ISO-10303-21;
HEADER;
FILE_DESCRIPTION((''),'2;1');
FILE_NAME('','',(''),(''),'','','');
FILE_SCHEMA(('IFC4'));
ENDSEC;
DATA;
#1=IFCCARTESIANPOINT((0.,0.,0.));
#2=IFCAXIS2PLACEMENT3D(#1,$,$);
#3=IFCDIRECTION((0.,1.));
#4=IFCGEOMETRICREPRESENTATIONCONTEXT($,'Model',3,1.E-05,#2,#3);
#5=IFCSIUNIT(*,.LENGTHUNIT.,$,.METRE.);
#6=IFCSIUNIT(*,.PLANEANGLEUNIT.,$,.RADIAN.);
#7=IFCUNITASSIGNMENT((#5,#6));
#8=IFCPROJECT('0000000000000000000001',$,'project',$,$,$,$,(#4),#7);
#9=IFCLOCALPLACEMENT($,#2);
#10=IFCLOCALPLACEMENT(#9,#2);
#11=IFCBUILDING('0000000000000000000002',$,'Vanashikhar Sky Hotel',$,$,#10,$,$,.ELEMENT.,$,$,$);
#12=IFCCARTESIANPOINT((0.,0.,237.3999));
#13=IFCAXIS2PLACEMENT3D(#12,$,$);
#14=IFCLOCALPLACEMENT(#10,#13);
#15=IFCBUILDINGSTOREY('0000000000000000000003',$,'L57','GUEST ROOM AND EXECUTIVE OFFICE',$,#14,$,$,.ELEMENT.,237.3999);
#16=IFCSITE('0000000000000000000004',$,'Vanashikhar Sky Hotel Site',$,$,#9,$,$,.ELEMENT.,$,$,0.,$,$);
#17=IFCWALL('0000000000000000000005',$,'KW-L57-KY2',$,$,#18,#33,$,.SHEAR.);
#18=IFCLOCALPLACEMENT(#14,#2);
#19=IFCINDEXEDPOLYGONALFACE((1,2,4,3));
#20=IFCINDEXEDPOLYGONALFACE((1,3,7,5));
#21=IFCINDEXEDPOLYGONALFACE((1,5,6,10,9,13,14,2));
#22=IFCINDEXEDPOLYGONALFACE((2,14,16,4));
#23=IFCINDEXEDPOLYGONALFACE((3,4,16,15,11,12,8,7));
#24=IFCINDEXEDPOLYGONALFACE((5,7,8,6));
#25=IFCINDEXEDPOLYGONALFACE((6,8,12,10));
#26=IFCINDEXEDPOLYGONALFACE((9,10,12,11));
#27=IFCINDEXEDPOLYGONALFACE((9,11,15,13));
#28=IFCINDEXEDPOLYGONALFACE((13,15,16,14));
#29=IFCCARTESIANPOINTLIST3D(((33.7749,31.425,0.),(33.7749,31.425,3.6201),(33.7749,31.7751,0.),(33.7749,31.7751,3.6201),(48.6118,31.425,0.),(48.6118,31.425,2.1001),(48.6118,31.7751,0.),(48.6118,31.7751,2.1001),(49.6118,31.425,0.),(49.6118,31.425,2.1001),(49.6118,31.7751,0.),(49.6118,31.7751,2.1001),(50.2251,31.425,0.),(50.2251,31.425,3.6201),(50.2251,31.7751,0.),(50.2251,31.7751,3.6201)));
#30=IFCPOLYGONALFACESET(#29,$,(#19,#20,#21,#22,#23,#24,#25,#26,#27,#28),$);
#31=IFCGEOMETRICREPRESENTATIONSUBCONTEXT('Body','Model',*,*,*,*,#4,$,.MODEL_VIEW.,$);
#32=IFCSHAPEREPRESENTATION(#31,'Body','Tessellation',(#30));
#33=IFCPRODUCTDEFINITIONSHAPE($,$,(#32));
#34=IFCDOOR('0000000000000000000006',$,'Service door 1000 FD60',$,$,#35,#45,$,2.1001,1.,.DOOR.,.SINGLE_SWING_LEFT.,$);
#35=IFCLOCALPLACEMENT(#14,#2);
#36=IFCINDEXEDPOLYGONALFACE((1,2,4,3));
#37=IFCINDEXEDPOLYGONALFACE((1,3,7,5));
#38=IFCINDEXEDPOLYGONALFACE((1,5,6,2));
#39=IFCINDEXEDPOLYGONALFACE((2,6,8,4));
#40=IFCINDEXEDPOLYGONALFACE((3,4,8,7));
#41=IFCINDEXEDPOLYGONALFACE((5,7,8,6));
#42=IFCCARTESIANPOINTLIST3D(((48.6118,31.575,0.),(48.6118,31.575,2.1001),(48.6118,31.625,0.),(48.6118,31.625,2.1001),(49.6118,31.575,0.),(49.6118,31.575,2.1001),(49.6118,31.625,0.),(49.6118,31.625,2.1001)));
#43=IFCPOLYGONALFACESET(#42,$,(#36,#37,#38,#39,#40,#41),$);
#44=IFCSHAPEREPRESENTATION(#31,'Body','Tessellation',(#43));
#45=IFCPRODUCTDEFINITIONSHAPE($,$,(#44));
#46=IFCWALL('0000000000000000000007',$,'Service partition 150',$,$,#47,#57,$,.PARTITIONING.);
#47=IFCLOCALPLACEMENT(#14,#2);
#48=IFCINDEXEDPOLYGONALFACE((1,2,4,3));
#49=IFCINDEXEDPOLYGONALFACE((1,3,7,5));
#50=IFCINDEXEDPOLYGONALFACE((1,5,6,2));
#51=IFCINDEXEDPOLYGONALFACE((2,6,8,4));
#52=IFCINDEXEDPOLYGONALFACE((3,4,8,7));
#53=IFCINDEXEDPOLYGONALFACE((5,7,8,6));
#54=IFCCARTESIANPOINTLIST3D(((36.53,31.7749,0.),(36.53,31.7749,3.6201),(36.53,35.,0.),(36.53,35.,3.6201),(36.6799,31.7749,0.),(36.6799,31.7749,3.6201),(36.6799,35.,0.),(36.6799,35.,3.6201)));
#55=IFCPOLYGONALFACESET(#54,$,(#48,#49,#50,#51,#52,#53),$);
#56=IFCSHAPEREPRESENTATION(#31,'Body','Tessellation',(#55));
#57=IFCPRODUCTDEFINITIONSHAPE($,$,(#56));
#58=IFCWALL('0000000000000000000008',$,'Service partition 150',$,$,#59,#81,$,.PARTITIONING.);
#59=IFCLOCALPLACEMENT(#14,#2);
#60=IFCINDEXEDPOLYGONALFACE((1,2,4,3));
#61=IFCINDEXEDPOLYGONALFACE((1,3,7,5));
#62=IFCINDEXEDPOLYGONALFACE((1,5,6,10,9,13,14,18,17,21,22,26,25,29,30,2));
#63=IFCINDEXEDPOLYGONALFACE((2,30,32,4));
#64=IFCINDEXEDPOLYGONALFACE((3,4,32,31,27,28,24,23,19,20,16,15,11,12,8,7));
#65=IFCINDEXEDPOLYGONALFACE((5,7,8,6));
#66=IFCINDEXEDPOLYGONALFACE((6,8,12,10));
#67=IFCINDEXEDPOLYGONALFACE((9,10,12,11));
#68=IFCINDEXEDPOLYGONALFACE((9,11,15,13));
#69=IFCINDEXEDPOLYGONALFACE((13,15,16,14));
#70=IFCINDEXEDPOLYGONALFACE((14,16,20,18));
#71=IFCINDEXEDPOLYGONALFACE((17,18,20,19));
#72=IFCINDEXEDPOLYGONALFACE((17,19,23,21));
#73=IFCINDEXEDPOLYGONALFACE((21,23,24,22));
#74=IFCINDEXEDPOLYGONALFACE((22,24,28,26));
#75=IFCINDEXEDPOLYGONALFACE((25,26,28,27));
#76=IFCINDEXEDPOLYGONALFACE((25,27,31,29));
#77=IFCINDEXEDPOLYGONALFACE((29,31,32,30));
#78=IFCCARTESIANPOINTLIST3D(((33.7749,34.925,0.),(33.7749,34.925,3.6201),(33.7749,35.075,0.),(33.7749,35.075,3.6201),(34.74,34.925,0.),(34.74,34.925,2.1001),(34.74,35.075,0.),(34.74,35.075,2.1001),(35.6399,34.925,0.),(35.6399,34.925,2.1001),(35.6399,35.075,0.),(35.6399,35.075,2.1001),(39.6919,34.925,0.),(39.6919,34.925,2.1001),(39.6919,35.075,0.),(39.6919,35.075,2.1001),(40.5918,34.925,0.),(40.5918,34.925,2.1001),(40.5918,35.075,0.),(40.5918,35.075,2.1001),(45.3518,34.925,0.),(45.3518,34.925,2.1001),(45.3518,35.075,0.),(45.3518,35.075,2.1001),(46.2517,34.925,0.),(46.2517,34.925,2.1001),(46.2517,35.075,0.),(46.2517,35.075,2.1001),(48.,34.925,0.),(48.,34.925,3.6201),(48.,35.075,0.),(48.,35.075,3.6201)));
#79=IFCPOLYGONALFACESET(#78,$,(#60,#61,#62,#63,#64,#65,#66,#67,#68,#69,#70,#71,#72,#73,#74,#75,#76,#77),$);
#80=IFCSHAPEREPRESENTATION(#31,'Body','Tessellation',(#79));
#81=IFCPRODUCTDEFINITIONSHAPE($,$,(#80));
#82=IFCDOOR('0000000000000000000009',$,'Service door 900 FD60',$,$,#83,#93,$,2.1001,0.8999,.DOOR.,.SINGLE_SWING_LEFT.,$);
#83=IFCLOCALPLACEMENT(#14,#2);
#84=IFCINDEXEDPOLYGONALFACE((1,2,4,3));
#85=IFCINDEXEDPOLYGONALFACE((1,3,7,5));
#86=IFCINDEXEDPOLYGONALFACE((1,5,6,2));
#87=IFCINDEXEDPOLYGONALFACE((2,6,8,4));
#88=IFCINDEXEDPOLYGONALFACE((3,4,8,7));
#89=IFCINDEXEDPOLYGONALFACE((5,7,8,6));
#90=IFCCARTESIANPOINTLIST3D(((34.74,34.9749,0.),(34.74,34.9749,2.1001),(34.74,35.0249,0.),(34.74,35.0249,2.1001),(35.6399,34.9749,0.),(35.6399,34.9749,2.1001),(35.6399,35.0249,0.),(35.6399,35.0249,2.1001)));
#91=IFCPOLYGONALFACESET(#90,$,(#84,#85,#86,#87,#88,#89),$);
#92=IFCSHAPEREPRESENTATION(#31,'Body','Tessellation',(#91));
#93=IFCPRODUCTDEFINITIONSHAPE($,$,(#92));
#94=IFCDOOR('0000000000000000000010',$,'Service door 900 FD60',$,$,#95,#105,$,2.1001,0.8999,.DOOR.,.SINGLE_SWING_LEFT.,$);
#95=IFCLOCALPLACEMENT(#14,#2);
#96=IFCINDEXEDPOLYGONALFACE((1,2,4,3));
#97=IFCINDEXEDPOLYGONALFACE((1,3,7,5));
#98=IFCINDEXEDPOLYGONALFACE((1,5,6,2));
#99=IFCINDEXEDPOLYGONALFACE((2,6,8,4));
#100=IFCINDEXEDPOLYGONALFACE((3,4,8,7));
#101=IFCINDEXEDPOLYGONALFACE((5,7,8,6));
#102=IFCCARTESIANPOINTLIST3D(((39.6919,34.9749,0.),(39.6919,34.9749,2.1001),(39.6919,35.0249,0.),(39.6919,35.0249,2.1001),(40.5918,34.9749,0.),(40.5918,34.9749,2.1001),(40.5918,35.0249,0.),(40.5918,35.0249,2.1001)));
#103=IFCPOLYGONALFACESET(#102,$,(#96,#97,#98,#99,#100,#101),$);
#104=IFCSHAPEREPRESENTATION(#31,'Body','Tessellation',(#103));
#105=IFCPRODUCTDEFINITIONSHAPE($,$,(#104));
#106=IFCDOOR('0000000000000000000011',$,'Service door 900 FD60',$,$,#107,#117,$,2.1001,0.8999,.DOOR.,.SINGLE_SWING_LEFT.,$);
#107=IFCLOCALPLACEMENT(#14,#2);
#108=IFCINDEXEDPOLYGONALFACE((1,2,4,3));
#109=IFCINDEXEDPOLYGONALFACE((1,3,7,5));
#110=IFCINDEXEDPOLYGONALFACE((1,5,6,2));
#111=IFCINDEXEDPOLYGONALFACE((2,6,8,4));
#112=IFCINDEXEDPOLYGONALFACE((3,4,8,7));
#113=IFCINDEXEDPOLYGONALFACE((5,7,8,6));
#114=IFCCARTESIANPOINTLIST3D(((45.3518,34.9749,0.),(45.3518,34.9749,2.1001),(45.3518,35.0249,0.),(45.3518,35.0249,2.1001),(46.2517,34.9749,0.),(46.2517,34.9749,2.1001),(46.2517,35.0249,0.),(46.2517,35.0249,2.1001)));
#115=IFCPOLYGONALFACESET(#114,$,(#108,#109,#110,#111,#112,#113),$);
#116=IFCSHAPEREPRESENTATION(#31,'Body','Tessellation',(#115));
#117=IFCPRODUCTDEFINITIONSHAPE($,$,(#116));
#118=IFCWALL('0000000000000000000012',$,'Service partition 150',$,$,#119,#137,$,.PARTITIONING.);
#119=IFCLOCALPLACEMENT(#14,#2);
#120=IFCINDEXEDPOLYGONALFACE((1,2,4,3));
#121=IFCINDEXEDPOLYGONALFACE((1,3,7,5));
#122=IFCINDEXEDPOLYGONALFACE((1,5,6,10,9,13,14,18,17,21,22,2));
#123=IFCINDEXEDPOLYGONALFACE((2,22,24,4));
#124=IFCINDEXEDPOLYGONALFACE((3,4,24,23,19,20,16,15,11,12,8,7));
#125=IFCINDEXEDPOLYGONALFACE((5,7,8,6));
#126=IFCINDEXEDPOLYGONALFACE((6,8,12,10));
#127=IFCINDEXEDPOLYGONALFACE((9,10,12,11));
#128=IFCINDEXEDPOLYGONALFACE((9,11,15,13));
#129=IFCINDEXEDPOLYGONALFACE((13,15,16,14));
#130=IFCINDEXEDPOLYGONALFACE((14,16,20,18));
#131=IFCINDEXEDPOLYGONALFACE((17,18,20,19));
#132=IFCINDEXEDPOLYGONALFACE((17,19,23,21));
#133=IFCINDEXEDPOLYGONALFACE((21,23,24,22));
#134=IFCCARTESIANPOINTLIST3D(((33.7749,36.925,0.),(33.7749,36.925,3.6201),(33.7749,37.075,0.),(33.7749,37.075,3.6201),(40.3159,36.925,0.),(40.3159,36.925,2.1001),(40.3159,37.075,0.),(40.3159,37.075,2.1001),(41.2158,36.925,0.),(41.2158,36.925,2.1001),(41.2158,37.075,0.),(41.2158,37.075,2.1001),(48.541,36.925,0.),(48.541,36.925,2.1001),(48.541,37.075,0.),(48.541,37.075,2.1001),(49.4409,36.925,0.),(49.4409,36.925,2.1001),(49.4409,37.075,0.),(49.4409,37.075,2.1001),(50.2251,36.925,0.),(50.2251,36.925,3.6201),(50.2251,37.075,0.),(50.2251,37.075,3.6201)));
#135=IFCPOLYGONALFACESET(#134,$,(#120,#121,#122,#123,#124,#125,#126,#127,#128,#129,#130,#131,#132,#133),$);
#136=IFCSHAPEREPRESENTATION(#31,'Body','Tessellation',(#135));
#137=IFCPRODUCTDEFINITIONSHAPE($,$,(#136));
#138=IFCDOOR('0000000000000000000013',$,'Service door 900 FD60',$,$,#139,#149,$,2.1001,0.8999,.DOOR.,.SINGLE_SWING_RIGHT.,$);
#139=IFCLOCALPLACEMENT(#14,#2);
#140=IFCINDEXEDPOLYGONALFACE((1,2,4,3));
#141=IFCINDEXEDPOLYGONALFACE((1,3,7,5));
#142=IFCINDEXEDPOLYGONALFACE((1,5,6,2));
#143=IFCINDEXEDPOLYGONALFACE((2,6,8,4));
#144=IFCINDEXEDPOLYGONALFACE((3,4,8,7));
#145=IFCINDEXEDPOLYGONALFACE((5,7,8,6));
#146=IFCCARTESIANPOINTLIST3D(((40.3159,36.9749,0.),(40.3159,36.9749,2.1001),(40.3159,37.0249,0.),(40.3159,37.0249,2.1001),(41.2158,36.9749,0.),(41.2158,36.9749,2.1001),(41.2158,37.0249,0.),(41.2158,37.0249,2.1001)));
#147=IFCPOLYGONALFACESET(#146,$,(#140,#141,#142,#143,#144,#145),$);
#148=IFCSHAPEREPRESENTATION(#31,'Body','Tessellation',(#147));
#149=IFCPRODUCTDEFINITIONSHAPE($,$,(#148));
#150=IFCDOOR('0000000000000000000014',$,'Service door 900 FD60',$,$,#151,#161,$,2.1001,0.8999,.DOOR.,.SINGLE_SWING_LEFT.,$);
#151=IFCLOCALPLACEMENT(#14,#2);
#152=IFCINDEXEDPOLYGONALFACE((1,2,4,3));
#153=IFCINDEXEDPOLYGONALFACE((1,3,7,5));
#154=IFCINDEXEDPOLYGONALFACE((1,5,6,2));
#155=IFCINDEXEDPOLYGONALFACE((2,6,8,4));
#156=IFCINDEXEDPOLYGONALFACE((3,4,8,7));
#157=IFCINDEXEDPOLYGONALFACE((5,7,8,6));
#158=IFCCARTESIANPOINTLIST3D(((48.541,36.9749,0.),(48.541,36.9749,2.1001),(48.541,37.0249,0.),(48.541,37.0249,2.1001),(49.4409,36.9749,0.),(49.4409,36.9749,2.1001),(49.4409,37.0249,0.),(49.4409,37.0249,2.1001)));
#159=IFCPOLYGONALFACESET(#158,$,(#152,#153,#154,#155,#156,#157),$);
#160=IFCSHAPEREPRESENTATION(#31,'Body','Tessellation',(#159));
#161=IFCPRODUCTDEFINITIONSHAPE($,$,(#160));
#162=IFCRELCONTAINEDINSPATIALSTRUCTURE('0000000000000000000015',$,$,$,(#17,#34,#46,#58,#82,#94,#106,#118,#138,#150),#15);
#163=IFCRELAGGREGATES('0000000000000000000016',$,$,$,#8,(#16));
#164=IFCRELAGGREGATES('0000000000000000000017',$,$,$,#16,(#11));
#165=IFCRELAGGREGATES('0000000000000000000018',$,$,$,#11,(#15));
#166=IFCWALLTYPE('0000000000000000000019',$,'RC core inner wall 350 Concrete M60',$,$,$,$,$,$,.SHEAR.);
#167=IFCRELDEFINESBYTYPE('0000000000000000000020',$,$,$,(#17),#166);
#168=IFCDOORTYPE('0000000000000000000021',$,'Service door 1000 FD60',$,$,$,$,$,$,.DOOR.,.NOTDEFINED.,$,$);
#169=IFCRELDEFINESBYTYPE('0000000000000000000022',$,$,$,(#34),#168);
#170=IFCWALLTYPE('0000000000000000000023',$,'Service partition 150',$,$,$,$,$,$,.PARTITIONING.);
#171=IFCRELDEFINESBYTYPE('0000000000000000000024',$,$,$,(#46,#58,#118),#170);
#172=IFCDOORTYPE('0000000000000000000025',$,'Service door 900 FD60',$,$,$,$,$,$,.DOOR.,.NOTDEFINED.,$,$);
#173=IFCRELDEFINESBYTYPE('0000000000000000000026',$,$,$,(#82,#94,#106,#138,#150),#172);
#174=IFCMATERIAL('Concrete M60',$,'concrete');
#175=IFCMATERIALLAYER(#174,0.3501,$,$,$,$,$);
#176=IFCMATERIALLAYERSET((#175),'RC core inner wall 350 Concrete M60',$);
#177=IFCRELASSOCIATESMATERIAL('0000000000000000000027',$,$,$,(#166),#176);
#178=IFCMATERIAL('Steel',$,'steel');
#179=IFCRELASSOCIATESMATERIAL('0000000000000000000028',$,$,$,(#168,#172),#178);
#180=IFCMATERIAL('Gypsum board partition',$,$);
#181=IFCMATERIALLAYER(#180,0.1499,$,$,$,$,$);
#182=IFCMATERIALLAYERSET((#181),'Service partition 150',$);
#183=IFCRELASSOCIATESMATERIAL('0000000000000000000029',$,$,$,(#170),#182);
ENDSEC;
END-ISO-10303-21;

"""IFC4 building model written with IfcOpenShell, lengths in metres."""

from ifc_helpers import new_model, si_unit, direction, frame, frame_2d, origin, place, context, subcontext, project, spatial, rectangle, extrude, source, transform, mapped, material, layer, layer_set, type_object, element, fill, save


model = new_model("IFC4")

# Units and contexts
model_context = context("Model", 3, precision=1e-05, world=origin(), true_north=direction((0.0, 1.0)))
body_context = subcontext(model_context, "Body", "Model", "MODEL_VIEW")
ifc_project = project(units=[si_unit("LENGTHUNIT", "METRE"), si_unit("PLANEANGLEUNIT", "RADIAN")], contexts=[model_context])

# Site, building, storey
site_placement = place(None, origin())
site = spatial("IfcSite", under=ifc_project, at=site_placement, Name="Vanashikhar Sky Hotel Site", CompositionType="ELEMENT", RefElevation=0.0)
building_placement = place(site_placement, origin())
building = spatial("IfcBuilding", under=site, at=building_placement, Name="Vanashikhar Sky Hotel", CompositionType="ELEMENT")
storey_placement = place(building_placement, frame((0.0, 0.0, 237.3999)))
storey = spatial("IfcBuildingStorey", under=building, at=storey_placement, Name="L57", Description="GUEST ROOM AND EXECUTIVE OFFICE", CompositionType="ELEMENT", Elevation=237.3999)

# Wall, opening, door
ifc_material_1 = material(Name="Concrete M60", Category="concrete")
ifc_layer_1 = layer(ifc_material_1, 0.3501)
ifc_layer_set_1 = layer_set([ifc_layer_1], Name="RC core inner wall 350 Concrete M60")
wall_type_1 = type_object("IfcWallType", Name="RC core inner wall 350 Concrete M60", PredefinedType="SHEAR", material=ifc_layer_set_1)
shared_shape_1 = source(origin(), body_context, "Body", "SweptSolid", [
    extrude(rectangle(XDim=16.4502, YDim=0.3501, at=frame_2d((8.2251, 0.0))), origin(), (0.0, 0.0, 1.0), 3.6201),
])
wall_1_placement = place(storey_placement, frame((33.7749, 31.6001, 0.0), z_axis=(0.0, 0.0, 1.0), x_axis=(1.0, 0.0, 0.0)))
wall_1 = element("IfcWall", 1, at=wall_1_placement, inside=storey, type_object=wall_type_1, Name="KW-L57-KY2", PredefinedType="SHEAR", context=body_context, shape_type="MappedRepresentation", body=[
    mapped(shared_shape_1, transform((0.0, 0.0, 0.0), scale=1.0)),
])
shared_shape_2 = source(origin(), body_context, "Body", "SweptSolid", [
    extrude(rectangle(XDim=1.0, YDim=2.1001, at=frame_2d((0.5, 1.05))), frame((0.0, 0.1851, 0.0), z_axis=(0.0, -1.0, 0.0), x_axis=(1.0, 0.0, 0.0)), (0.0, 0.0, 1.0), 0.3701),
])
opening_1_placement = place(wall_1_placement, frame((14.8369, 0.0, 0.0)))
opening_1 = element("IfcOpeningElement", 2, at=opening_1_placement, cuts=wall_1, PredefinedType="OPENING", context=body_context, shape_type="MappedRepresentation", body=[
    mapped(shared_shape_2, transform((0.0, 0.0, 0.0), scale=1.0)),
])
ifc_material_2 = material(Name="Steel", Category="steel")
door_type_1 = type_object("IfcDoorType", Name="Service door 1000 FD60", OperationType="NOTDEFINED", PredefinedType="DOOR", material=ifc_material_2)
shared_shape_3 = source(origin(), body_context, "Body", "SweptSolid", [
    extrude(rectangle(XDim=1.0, YDim=2.1001, at=frame_2d((0.5, 1.05))), frame((0.0, 0.0249, 0.0), z_axis=(0.0, -1.0, 0.0), x_axis=(1.0, 0.0, 0.0)), (0.0, 0.0, 1.0), 0.05),
])
door_1_placement = place(opening_1_placement, origin())
door_1 = element("IfcDoor", 3, at=door_1_placement, inside=storey, type_object=door_type_1, Name="Service door 1000 FD60", OperationType="SINGLE_SWING_LEFT", OverallHeight=2.1001, OverallWidth=1.0, PredefinedType="DOOR", context=body_context, shape_type="MappedRepresentation", body=[
    mapped(shared_shape_3, transform((0.0, 0.0, 0.0), scale=1.0)),
])
fill(opening_1, door_1)

# Wall
ifc_material_3 = material(Name="Gypsum board partition")
ifc_layer_2 = layer(ifc_material_3, 0.1499)
ifc_layer_set_2 = layer_set([ifc_layer_2], Name="Service partition 150")
wall_type_2 = type_object("IfcWallType", Name="Service partition 150", PredefinedType="PARTITIONING", material=ifc_layer_set_2)
shared_shape_4 = source(origin(), body_context, "Body", "SweptSolid", [
    extrude(rectangle(XDim=3.2251, YDim=0.1499, at=frame_2d((1.6125, 0.0))), origin(), (0.0, 0.0, 1.0), 3.6201),
])
wall_2_placement = place(storey_placement, frame((36.605, 31.7749, 0.0), z_axis=(0.0, 0.0, 1.0), x_axis=(0.0, 1.0, 0.0)))
element("IfcWall", 4, at=wall_2_placement, inside=storey, type_object=wall_type_2, Name="Service partition 150", PredefinedType="PARTITIONING", context=body_context, shape_type="MappedRepresentation", body=[
    mapped(shared_shape_4, transform((0.0, 0.0, 0.0), scale=1.0)),
])

# Walls, openings, doors
shared_shape_5 = source(origin(), body_context, "Body", "SweptSolid", [
    extrude(rectangle(XDim=14.2251, YDim=0.1499, at=frame_2d((7.1125, 0.0))), origin(), (0.0, 0.0, 1.0), 3.6201),
])
wall_3_placement = place(storey_placement, frame((33.7749, 35.0, 0.0), z_axis=(0.0, 0.0, 1.0), x_axis=(1.0, 0.0, 0.0)))
wall_3 = element("IfcWall", 5, at=wall_3_placement, inside=storey, type_object=wall_type_2, Name="Service partition 150", PredefinedType="PARTITIONING", context=body_context, shape_type="MappedRepresentation", body=[
    mapped(shared_shape_5, transform((0.0, 0.0, 0.0), scale=1.0)),
])
shared_shape_6 = source(origin(), body_context, "Body", "SweptSolid", [
    extrude(rectangle(XDim=0.8999, YDim=2.1001, at=frame_2d((0.45, 1.05))), frame((0.0, 0.085, 0.0), z_axis=(0.0, -1.0, 0.0), x_axis=(1.0, 0.0, 0.0)), (0.0, 0.0, 1.0), 0.1699),
])
opening_2_placement = place(wall_3_placement, frame((0.9651, 0.0, 0.0)))
opening_2 = element("IfcOpeningElement", 6, at=opening_2_placement, cuts=wall_3, PredefinedType="OPENING", context=body_context, shape_type="MappedRepresentation", body=[
    mapped(shared_shape_6, transform((0.0, 0.0, 0.0), scale=1.0)),
])
opening_3_placement = place(wall_3_placement, frame((5.917, 0.0, 0.0)))
opening_3 = element("IfcOpeningElement", 7, at=opening_3_placement, cuts=wall_3, PredefinedType="OPENING", context=body_context, shape_type="MappedRepresentation", body=[
    mapped(shared_shape_6, transform((0.0, 0.0, 0.0), scale=1.0)),
])
opening_4_placement = place(wall_3_placement, frame((11.5769, 0.0, 0.0)))
opening_4 = element("IfcOpeningElement", 8, at=opening_4_placement, cuts=wall_3, PredefinedType="OPENING", context=body_context, shape_type="MappedRepresentation", body=[
    mapped(shared_shape_6, transform((0.0, 0.0, 0.0), scale=1.0)),
])
door_type_2 = type_object("IfcDoorType", Name="Service door 900 FD60", OperationType="NOTDEFINED", PredefinedType="DOOR", material=ifc_material_2)
shared_shape_7 = source(origin(), body_context, "Body", "SweptSolid", [
    extrude(rectangle(XDim=0.8999, YDim=2.1001, at=frame_2d((0.45, 1.05))), frame((0.0, 0.0249, 0.0), z_axis=(0.0, -1.0, 0.0), x_axis=(1.0, 0.0, 0.0)), (0.0, 0.0, 1.0), 0.05),
])
door_2_placement = place(opening_2_placement, origin())
door_2 = element("IfcDoor", 9, at=door_2_placement, inside=storey, type_object=door_type_2, Name="Service door 900 FD60", OperationType="SINGLE_SWING_LEFT", OverallHeight=2.1001, OverallWidth=0.8999, PredefinedType="DOOR", context=body_context, shape_type="MappedRepresentation", body=[
    mapped(shared_shape_7, transform((0.0, 0.0, 0.0), scale=1.0)),
])
fill(opening_2, door_2)
door_3_placement = place(opening_3_placement, origin())
door_3 = element("IfcDoor", 10, at=door_3_placement, inside=storey, type_object=door_type_2, Name="Service door 900 FD60", OperationType="SINGLE_SWING_LEFT", OverallHeight=2.1001, OverallWidth=0.8999, PredefinedType="DOOR", context=body_context, shape_type="MappedRepresentation", body=[
    mapped(shared_shape_7, transform((0.0, 0.0, 0.0), scale=1.0)),
])
fill(opening_3, door_3)
door_4_placement = place(opening_4_placement, origin())
door_4 = element("IfcDoor", 11, at=door_4_placement, inside=storey, type_object=door_type_2, Name="Service door 900 FD60", OperationType="SINGLE_SWING_LEFT", OverallHeight=2.1001, OverallWidth=0.8999, PredefinedType="DOOR", context=body_context, shape_type="MappedRepresentation", body=[
    mapped(shared_shape_7, transform((0.0, 0.0, 0.0), scale=1.0)),
])
fill(opening_4, door_4)
shared_shape_8 = source(origin(), body_context, "Body", "SweptSolid", [
    extrude(rectangle(XDim=16.4502, YDim=0.1499, at=frame_2d((8.2251, 0.0))), origin(), (0.0, 0.0, 1.0), 3.6201),
])
wall_4_placement = place(storey_placement, frame((33.7749, 37.0, 0.0), z_axis=(0.0, 0.0, 1.0), x_axis=(1.0, 0.0, 0.0)))
wall_4 = element("IfcWall", 12, at=wall_4_placement, inside=storey, type_object=wall_type_2, Name="Service partition 150", PredefinedType="PARTITIONING", context=body_context, shape_type="MappedRepresentation", body=[
    mapped(shared_shape_8, transform((0.0, 0.0, 0.0), scale=1.0)),
])
opening_5_placement = place(wall_4_placement, frame((6.541, 0.0, 0.0)))
opening_5 = element("IfcOpeningElement", 13, at=opening_5_placement, cuts=wall_4, PredefinedType="OPENING", context=body_context, shape_type="MappedRepresentation", body=[
    mapped(shared_shape_6, transform((0.0, 0.0, 0.0), scale=1.0)),
])
opening_6_placement = place(wall_4_placement, frame((14.7661, 0.0, 0.0)))
opening_6 = element("IfcOpeningElement", 14, at=opening_6_placement, cuts=wall_4, PredefinedType="OPENING", context=body_context, shape_type="MappedRepresentation", body=[
    mapped(shared_shape_6, transform((0.0, 0.0, 0.0), scale=1.0)),
])
door_5_placement = place(opening_5_placement, origin())
door_5 = element("IfcDoor", 15, at=door_5_placement, inside=storey, type_object=door_type_2, Name="Service door 900 FD60", OperationType="SINGLE_SWING_RIGHT", OverallHeight=2.1001, OverallWidth=0.8999, PredefinedType="DOOR", context=body_context, shape_type="MappedRepresentation", body=[
    mapped(shared_shape_7, transform((0.0, 0.0, 0.0), scale=1.0)),
])
fill(opening_5, door_5)
door_6_placement = place(opening_6_placement, origin())
door_6 = element("IfcDoor", 16, at=door_6_placement, inside=storey, type_object=door_type_2, Name="Service door 900 FD60", OperationType="SINGLE_SWING_LEFT", OverallHeight=2.1001, OverallWidth=0.8999, PredefinedType="DOOR", context=body_context, shape_type="MappedRepresentation", body=[
    mapped(shared_shape_7, transform((0.0, 0.0, 0.0), scale=1.0)),
])
fill(opening_6, door_6)

save(model, "model.ifc")
